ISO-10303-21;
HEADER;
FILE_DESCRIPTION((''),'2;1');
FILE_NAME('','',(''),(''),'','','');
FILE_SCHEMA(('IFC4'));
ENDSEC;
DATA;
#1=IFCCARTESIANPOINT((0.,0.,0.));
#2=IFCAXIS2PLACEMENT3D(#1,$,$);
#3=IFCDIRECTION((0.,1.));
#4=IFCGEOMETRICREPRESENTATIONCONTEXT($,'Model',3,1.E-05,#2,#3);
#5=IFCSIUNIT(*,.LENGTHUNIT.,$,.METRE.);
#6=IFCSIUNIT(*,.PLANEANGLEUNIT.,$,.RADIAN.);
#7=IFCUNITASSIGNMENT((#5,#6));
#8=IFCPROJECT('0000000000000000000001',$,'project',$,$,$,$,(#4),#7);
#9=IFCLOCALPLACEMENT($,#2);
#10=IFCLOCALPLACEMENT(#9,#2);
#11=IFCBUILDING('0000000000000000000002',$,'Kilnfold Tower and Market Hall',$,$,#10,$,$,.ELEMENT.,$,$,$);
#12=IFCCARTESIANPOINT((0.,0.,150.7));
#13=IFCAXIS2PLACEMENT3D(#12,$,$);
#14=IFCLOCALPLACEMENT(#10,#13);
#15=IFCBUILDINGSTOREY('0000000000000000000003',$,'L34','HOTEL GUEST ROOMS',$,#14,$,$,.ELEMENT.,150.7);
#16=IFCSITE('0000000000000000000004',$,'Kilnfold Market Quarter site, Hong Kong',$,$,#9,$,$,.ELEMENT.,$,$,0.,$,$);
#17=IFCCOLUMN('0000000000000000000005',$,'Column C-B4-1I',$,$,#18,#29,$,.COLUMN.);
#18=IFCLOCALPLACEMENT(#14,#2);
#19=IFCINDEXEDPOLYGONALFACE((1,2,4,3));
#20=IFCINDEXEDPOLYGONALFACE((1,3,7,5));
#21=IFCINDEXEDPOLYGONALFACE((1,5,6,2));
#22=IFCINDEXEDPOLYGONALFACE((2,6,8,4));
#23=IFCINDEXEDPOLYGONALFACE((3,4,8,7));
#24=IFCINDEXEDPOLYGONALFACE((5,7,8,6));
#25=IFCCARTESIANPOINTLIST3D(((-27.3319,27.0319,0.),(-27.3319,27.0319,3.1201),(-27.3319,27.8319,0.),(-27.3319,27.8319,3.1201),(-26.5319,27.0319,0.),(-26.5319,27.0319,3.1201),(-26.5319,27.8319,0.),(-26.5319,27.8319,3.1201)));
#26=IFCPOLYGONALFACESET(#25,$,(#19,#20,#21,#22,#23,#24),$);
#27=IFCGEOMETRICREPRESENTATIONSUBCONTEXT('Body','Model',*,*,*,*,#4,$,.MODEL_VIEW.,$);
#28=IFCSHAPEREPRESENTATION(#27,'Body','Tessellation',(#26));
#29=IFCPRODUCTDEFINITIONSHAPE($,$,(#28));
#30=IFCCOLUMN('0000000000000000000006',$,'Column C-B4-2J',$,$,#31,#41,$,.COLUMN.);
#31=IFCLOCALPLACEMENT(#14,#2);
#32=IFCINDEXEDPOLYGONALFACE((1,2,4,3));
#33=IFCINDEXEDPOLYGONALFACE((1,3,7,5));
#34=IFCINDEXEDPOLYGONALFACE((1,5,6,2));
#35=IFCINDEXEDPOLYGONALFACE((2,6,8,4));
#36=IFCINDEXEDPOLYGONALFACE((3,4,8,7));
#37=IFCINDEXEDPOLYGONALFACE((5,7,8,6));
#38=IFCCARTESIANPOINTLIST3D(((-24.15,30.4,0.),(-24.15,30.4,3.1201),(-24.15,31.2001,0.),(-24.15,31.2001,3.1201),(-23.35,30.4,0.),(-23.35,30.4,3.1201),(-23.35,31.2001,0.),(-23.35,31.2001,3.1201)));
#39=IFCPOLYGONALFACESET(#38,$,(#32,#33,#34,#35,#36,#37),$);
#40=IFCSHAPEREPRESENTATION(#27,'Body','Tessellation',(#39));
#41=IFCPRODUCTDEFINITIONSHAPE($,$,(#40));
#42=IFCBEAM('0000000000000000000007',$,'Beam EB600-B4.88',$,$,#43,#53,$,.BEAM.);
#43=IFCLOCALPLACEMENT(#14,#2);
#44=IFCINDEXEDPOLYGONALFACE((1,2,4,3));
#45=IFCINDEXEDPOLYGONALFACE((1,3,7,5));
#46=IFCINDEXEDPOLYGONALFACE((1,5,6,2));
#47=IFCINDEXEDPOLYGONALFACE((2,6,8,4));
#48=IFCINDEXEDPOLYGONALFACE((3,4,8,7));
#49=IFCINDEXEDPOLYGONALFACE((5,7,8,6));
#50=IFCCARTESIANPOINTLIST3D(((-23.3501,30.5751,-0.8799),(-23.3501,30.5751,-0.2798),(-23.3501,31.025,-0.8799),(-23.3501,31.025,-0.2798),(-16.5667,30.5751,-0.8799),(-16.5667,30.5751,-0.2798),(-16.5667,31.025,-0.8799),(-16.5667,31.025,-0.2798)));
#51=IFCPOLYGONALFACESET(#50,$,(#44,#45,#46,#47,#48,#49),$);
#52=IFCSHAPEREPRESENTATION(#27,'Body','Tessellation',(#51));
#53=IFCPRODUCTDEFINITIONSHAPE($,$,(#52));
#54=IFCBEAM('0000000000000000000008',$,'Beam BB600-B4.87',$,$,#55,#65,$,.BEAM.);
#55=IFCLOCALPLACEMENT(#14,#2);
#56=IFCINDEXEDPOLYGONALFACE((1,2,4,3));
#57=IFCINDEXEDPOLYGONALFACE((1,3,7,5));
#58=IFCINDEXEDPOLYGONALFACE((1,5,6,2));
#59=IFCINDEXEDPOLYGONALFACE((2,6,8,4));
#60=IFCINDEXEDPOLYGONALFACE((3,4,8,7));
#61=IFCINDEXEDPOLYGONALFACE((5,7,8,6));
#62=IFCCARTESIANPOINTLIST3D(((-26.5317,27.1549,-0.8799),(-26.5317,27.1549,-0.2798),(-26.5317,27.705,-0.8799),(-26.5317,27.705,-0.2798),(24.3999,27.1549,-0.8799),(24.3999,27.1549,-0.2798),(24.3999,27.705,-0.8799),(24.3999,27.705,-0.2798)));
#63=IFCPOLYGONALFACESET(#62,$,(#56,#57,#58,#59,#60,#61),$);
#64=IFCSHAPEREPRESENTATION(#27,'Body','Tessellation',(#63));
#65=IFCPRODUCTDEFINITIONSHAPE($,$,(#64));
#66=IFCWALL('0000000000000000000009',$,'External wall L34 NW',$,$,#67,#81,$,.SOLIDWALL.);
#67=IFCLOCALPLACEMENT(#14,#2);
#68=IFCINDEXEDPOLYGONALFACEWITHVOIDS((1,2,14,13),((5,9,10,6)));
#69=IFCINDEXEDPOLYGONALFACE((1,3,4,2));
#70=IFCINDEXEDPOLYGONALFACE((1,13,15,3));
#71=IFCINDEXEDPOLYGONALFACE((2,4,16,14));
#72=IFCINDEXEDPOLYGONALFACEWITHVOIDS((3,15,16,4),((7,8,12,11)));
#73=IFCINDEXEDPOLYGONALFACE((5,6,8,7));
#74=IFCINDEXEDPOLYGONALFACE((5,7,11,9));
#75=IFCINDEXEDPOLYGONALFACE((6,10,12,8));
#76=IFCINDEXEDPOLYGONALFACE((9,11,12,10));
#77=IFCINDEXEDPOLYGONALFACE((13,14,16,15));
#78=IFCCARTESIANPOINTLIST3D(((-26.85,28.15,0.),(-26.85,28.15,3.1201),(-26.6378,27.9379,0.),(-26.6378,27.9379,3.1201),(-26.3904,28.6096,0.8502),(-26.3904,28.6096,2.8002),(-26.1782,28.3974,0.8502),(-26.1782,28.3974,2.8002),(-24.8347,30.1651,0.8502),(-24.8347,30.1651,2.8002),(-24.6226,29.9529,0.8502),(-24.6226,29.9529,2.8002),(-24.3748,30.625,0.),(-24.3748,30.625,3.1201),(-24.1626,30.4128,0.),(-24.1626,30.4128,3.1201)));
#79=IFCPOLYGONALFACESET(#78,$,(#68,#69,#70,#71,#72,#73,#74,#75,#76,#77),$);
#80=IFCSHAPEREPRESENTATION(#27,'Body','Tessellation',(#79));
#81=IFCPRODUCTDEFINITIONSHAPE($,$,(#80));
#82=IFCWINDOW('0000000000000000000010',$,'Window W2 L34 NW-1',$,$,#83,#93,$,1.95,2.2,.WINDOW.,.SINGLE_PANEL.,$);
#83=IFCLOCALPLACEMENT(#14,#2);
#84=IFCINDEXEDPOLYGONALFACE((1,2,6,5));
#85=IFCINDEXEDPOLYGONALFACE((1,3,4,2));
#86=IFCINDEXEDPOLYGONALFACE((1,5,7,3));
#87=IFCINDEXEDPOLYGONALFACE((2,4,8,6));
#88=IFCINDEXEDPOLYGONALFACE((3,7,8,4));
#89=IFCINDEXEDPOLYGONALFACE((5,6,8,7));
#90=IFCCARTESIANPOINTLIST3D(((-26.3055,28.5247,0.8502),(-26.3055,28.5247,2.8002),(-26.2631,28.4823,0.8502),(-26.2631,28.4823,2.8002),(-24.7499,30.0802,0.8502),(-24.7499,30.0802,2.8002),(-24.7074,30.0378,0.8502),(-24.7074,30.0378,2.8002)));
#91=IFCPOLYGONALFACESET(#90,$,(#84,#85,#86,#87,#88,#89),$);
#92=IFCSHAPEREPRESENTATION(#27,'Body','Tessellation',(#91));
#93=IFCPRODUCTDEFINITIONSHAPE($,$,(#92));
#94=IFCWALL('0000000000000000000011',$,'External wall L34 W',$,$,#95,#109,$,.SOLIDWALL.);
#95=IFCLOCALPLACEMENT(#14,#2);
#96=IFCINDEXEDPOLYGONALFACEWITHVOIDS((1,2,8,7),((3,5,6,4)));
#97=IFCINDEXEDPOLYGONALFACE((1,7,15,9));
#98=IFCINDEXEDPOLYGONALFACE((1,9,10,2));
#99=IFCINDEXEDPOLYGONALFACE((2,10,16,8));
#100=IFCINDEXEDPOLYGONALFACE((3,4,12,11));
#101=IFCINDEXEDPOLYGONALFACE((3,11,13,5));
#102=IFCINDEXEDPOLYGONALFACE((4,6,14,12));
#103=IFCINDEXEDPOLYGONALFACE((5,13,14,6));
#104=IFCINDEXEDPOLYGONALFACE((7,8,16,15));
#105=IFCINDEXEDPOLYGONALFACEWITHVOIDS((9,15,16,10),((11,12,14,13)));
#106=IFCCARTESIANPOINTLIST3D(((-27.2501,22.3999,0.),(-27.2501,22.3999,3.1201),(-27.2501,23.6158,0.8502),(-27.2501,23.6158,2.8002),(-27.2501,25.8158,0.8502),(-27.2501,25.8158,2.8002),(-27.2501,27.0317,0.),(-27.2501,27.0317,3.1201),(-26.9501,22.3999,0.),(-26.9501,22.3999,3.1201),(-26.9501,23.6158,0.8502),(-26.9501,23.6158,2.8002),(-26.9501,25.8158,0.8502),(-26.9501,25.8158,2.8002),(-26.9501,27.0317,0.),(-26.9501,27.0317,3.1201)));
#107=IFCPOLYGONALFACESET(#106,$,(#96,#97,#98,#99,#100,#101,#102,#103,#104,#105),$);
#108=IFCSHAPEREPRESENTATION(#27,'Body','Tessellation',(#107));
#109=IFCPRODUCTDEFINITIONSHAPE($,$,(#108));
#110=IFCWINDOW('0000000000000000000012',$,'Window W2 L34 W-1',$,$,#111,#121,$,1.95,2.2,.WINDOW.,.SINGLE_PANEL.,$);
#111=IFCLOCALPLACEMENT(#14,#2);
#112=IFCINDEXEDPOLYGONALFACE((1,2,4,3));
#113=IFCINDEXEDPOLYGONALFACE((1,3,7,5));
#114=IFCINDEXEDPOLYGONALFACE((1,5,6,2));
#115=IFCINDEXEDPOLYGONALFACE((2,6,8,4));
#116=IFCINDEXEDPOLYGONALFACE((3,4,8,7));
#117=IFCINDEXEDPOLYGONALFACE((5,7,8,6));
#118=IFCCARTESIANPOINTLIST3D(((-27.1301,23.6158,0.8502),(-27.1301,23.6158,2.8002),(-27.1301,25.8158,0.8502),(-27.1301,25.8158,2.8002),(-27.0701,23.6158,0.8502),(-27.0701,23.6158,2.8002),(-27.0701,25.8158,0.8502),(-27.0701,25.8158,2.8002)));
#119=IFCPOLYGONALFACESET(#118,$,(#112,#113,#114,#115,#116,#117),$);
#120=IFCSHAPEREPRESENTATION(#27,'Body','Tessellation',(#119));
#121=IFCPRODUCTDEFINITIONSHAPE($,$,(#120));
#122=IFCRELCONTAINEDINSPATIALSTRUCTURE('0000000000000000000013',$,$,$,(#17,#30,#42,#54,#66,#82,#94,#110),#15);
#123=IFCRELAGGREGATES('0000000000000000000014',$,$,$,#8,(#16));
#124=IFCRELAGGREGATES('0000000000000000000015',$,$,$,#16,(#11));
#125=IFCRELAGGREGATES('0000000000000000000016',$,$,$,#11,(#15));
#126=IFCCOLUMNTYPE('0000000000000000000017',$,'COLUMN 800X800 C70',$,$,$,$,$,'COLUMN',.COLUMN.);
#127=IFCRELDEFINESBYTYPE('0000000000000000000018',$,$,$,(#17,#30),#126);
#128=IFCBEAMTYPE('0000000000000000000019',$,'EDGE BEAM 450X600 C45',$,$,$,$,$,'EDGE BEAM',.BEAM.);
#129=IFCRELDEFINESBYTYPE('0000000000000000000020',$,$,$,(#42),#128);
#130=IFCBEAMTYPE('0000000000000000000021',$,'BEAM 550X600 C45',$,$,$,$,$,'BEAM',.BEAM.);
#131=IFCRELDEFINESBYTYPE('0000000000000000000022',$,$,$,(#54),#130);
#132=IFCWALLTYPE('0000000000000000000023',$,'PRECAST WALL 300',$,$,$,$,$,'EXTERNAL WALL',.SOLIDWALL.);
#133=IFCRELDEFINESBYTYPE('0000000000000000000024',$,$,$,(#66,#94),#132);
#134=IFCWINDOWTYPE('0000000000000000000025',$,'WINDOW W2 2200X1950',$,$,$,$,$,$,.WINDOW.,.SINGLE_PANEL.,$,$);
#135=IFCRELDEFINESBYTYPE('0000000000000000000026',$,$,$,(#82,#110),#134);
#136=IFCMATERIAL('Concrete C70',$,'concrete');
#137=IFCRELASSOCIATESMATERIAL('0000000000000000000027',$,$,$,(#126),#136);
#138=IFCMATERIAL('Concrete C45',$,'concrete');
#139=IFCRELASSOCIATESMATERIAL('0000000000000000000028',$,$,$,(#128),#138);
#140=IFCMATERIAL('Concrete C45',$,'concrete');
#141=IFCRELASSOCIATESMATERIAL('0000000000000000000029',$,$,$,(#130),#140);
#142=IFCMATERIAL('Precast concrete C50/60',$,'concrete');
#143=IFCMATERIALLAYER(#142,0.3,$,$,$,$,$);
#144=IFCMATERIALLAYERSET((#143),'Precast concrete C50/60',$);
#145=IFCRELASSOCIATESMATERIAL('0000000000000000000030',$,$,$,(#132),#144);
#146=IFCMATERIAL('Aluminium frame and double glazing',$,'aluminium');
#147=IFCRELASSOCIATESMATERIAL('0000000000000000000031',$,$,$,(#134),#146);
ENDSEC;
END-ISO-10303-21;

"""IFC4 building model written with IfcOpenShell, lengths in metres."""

from ifc_helpers import new_model, si_unit, direction, frame, frame_2d, origin, origin_2d, place, context, subcontext, project, spatial, rectangle, extrude, source, transform, mapped, material, layer, layer_set, material_profile, profile_set, type_object, element, fill, save


model = new_model("IFC4")

# Units and contexts
model_context = context("Model", 3, precision=1e-05, world=origin(), true_north=direction((0.0, 1.0)))
body_context = subcontext(model_context, "Body", "Model", "MODEL_VIEW")
ifc_project = project(units=[si_unit("LENGTHUNIT", "METRE"), si_unit("PLANEANGLEUNIT", "RADIAN")], contexts=[model_context])

# Site, building, storey
site_placement = place(None, origin())
site = spatial("IfcSite", under=ifc_project, at=site_placement, Name="Kilnfold Market Quarter site, Hong Kong", CompositionType="ELEMENT", RefElevation=0.0)
building_placement = place(site_placement, origin())
building = spatial("IfcBuilding", under=site, at=building_placement, Name="Kilnfold Tower and Market Hall", CompositionType="ELEMENT")
storey_placement = place(building_placement, frame((0.0, 0.0, 150.7)))
storey = spatial("IfcBuildingStorey", under=building, at=storey_placement, Name="L34", Description="HOTEL GUEST ROOMS", CompositionType="ELEMENT", Elevation=150.7)

# Columns
ifc_material_1 = material(Name="Concrete C70", Category="concrete")
ifc_material_profile_1 = material_profile(ifc_material_1, rectangle(XDim=0.8, YDim=0.8, at=origin_2d()), Name="RC 800x800")
ifc_profile_set_1 = profile_set([ifc_material_profile_1], Name="Concrete C70")
column_type = type_object("IfcColumnType", Name="COLUMN 800X800 C70", ElementType="COLUMN", PredefinedType="COLUMN", material=ifc_profile_set_1)
shared_shape_1 = source(origin(), body_context, "Body", "SweptSolid", [
    extrude(rectangle(XDim=0.8, YDim=0.8, at=origin_2d()), origin(), (0.0, 0.0, 1.0), 3.1201),
])
for number, where, z_axis, x_axis, name in (
    (1, (-26.9319, 27.4319, 0.0), (0.0, 0.0, 1.0), (1.0, 0.0, 0.0), "Column C-B4-1I"),
    (2, (-23.75, 30.8, 0.0), (0.0, 0.0, 1.0), (1.0, 0.0, 0.0), "Column C-B4-2J"),
):
    element("IfcColumn", number, at=place(storey_placement, frame(where, z_axis=z_axis, x_axis=x_axis)), inside=storey, type_object=column_type, Name=name, PredefinedType="COLUMN", context=body_context, shape_type="MappedRepresentation", body=[
        mapped(shared_shape_1, transform((0.0, 0.0, 0.0))),
    ])

# Beams
ifc_material_2 = material(Name="Concrete C45", Category="concrete")
ifc_material_profile_2 = material_profile(ifc_material_2, rectangle(XDim=0.45, YDim=0.6001, at=origin_2d()), Name="RC 450x600")
ifc_profile_set_2 = profile_set([ifc_material_profile_2], Name="Concrete C45")
beam_type_1 = type_object("IfcBeamType", Name="EDGE BEAM 450X600 C45", ElementType="EDGE BEAM", PredefinedType="BEAM", material=ifc_profile_set_2)
shared_shape_2 = source(origin(), body_context, "Body", "SweptSolid", [
    extrude(rectangle(XDim=0.45, YDim=0.6001, at=origin_2d()), origin(), (0.0, 0.0, 1.0), 6.7834),
])
beam_1_placement = place(storey_placement, frame((-23.3501, 30.8, -0.5798), z_axis=(1.0, 0.0, 0.0), x_axis=(0.0, 1.0, 0.0)))
element("IfcBeam", 3, at=beam_1_placement, inside=storey, type_object=beam_type_1, Name="Beam EB600-B4.88", PredefinedType="BEAM", context=body_context, shape_type="MappedRepresentation", body=[
    mapped(shared_shape_2, transform((0.0, 0.0, 0.0))),
])
ifc_material_3 = material(Name="Concrete C45", Category="concrete")
ifc_material_profile_3 = material_profile(ifc_material_3, rectangle(XDim=0.55, YDim=0.6001, at=origin_2d()), Name="RC 550x600")
ifc_profile_set_3 = profile_set([ifc_material_profile_3], Name="Concrete C45")
beam_type_2 = type_object("IfcBeamType", Name="BEAM 550X600 C45", ElementType="BEAM", PredefinedType="BEAM", material=ifc_profile_set_3)
shared_shape_3 = source(origin(), body_context, "Body", "SweptSolid", [
    extrude(rectangle(XDim=0.55, YDim=0.6001, at=origin_2d()), origin(), (0.0, 0.0, 1.0), 50.9316),
])
beam_2_placement = place(storey_placement, frame((-26.5317, 27.4299, -0.5798), z_axis=(1.0, 0.0, 0.0), x_axis=(0.0, 1.0, 0.0)))
element("IfcBeam", 4, at=beam_2_placement, inside=storey, type_object=beam_type_2, Name="Beam BB600-B4.87", PredefinedType="BEAM", context=body_context, shape_type="MappedRepresentation", body=[
    mapped(shared_shape_3, transform((0.0, 0.0, 0.0))),
])

# Walls, openings, windows
ifc_material_4 = material(Name="Precast concrete C50/60", Category="concrete")
ifc_layer = layer(ifc_material_4, 0.3)
ifc_layer_set = layer_set([ifc_layer], Name="Precast concrete C50/60")
wall_type = type_object("IfcWallType", Name="PRECAST WALL 300", ElementType="EXTERNAL WALL", PredefinedType="SOLIDWALL", material=ifc_layer_set)
shared_shape_4 = source(origin(), body_context, "Body", "SweptSolid", [
    extrude(rectangle(XDim=3.5002, YDim=0.3, at=frame_2d((1.75, 0.0))), origin(), (0.0, 0.0, 1.0), 3.1201),
])
wall_1_placement = place(storey_placement, frame((-24.2688, 30.5188, 0.0), z_axis=(0.0, 0.0, 1.0), x_axis=(-0.707142, -0.707072, 0.0)))
wall_1 = element("IfcWall", 5, at=wall_1_placement, inside=storey, type_object=wall_type, Name="External wall L34 NW", PredefinedType="SOLIDWALL", context=body_context, shape_type="MappedRepresentation", body=[
    mapped(shared_shape_4, transform((0.0, 0.0, 0.0))),
])
opening_1_placement = place(wall_1_placement, frame((0.6501, 0.0, 0.8501)))
opening_1 = element("IfcOpeningElement", 6, at=opening_1_placement, cuts=wall_1, PredefinedType="OPENING", context=body_context, shape_type="SweptSolid", body=[
    extrude(rectangle(XDim=2.2, YDim=1.95, at=frame_2d((1.1001, 0.9751))), frame((0.0, 0.1602, 0.0), z_axis=(0.0, -1.0, 0.0), x_axis=(1.0, 0.0, 0.0)), (0.0, 0.0, 1.0), 0.3201),
])
ifc_material_5 = material(Name="Aluminium frame and double glazing", Category="aluminium")
window_type = type_object("IfcWindowType", Name="WINDOW W2 2200X1950", PartitioningType="SINGLE_PANEL", PredefinedType="WINDOW", material=ifc_material_5)
window_1_placement = place(opening_1_placement, origin())
window_1 = element("IfcWindow", 7, at=window_1_placement, inside=storey, type_object=window_type, Name="Window W2 L34 NW-1", OverallHeight=1.95, OverallWidth=2.2, PartitioningType="SINGLE_PANEL", PredefinedType="WINDOW", context=body_context, shape_type="SweptSolid", body=[
    extrude(rectangle(XDim=2.2, YDim=1.95, at=frame_2d((1.1001, 0.9751))), frame((0.0, 0.03, 0.0), z_axis=(0.0, -1.0, 0.0), x_axis=(1.0, 0.0, 0.0)), (0.0, 0.0, 1.0), 0.0601),
])
fill(opening_1, window_1)
shared_shape_5 = source(origin(), body_context, "Body", "SweptSolid", [
    extrude(rectangle(XDim=4.6318, YDim=0.3, at=frame_2d((2.3159, 0.0))), origin(), (0.0, 0.0, 1.0), 3.1201),
])
wall_2_placement = place(storey_placement, frame((-27.1001, 27.0317, 0.0), z_axis=(0.0, 0.0, 1.0), x_axis=(0.0, -1.0, 0.0)))
wall_2 = element("IfcWall", 8, at=wall_2_placement, inside=storey, type_object=wall_type, Name="External wall L34 W", PredefinedType="SOLIDWALL", context=body_context, shape_type="MappedRepresentation", body=[
    mapped(shared_shape_5, transform((0.0, 0.0, 0.0))),
])
opening_2_placement = place(wall_2_placement, frame((1.2158, 0.0, 0.8501)))
opening_2 = element("IfcOpeningElement", 9, at=opening_2_placement, cuts=wall_2, PredefinedType="OPENING", context=body_context, shape_type="SweptSolid", body=[
    extrude(rectangle(XDim=2.2, YDim=1.95, at=frame_2d((1.1001, 0.9751))), frame((0.0, 0.1602, 0.0), z_axis=(0.0, -1.0, 0.0), x_axis=(1.0, 0.0, 0.0)), (0.0, 0.0, 1.0), 0.3201),
])
window_2_placement = place(opening_2_placement, origin())
window_2 = element("IfcWindow", 10, at=window_2_placement, inside=storey, type_object=window_type, Name="Window W2 L34 W-1", OverallHeight=1.95, OverallWidth=2.2, PartitioningType="SINGLE_PANEL", PredefinedType="WINDOW", context=body_context, shape_type="SweptSolid", body=[
    extrude(rectangle(XDim=2.2, YDim=1.95, at=frame_2d((1.1001, 0.9751))), frame((0.0, 0.03, 0.0), z_axis=(0.0, -1.0, 0.0), x_axis=(1.0, 0.0, 0.0)), (0.0, 0.0, 1.0), 0.0601),
])
fill(opening_2, window_2)

save(model, "model.ifc")
